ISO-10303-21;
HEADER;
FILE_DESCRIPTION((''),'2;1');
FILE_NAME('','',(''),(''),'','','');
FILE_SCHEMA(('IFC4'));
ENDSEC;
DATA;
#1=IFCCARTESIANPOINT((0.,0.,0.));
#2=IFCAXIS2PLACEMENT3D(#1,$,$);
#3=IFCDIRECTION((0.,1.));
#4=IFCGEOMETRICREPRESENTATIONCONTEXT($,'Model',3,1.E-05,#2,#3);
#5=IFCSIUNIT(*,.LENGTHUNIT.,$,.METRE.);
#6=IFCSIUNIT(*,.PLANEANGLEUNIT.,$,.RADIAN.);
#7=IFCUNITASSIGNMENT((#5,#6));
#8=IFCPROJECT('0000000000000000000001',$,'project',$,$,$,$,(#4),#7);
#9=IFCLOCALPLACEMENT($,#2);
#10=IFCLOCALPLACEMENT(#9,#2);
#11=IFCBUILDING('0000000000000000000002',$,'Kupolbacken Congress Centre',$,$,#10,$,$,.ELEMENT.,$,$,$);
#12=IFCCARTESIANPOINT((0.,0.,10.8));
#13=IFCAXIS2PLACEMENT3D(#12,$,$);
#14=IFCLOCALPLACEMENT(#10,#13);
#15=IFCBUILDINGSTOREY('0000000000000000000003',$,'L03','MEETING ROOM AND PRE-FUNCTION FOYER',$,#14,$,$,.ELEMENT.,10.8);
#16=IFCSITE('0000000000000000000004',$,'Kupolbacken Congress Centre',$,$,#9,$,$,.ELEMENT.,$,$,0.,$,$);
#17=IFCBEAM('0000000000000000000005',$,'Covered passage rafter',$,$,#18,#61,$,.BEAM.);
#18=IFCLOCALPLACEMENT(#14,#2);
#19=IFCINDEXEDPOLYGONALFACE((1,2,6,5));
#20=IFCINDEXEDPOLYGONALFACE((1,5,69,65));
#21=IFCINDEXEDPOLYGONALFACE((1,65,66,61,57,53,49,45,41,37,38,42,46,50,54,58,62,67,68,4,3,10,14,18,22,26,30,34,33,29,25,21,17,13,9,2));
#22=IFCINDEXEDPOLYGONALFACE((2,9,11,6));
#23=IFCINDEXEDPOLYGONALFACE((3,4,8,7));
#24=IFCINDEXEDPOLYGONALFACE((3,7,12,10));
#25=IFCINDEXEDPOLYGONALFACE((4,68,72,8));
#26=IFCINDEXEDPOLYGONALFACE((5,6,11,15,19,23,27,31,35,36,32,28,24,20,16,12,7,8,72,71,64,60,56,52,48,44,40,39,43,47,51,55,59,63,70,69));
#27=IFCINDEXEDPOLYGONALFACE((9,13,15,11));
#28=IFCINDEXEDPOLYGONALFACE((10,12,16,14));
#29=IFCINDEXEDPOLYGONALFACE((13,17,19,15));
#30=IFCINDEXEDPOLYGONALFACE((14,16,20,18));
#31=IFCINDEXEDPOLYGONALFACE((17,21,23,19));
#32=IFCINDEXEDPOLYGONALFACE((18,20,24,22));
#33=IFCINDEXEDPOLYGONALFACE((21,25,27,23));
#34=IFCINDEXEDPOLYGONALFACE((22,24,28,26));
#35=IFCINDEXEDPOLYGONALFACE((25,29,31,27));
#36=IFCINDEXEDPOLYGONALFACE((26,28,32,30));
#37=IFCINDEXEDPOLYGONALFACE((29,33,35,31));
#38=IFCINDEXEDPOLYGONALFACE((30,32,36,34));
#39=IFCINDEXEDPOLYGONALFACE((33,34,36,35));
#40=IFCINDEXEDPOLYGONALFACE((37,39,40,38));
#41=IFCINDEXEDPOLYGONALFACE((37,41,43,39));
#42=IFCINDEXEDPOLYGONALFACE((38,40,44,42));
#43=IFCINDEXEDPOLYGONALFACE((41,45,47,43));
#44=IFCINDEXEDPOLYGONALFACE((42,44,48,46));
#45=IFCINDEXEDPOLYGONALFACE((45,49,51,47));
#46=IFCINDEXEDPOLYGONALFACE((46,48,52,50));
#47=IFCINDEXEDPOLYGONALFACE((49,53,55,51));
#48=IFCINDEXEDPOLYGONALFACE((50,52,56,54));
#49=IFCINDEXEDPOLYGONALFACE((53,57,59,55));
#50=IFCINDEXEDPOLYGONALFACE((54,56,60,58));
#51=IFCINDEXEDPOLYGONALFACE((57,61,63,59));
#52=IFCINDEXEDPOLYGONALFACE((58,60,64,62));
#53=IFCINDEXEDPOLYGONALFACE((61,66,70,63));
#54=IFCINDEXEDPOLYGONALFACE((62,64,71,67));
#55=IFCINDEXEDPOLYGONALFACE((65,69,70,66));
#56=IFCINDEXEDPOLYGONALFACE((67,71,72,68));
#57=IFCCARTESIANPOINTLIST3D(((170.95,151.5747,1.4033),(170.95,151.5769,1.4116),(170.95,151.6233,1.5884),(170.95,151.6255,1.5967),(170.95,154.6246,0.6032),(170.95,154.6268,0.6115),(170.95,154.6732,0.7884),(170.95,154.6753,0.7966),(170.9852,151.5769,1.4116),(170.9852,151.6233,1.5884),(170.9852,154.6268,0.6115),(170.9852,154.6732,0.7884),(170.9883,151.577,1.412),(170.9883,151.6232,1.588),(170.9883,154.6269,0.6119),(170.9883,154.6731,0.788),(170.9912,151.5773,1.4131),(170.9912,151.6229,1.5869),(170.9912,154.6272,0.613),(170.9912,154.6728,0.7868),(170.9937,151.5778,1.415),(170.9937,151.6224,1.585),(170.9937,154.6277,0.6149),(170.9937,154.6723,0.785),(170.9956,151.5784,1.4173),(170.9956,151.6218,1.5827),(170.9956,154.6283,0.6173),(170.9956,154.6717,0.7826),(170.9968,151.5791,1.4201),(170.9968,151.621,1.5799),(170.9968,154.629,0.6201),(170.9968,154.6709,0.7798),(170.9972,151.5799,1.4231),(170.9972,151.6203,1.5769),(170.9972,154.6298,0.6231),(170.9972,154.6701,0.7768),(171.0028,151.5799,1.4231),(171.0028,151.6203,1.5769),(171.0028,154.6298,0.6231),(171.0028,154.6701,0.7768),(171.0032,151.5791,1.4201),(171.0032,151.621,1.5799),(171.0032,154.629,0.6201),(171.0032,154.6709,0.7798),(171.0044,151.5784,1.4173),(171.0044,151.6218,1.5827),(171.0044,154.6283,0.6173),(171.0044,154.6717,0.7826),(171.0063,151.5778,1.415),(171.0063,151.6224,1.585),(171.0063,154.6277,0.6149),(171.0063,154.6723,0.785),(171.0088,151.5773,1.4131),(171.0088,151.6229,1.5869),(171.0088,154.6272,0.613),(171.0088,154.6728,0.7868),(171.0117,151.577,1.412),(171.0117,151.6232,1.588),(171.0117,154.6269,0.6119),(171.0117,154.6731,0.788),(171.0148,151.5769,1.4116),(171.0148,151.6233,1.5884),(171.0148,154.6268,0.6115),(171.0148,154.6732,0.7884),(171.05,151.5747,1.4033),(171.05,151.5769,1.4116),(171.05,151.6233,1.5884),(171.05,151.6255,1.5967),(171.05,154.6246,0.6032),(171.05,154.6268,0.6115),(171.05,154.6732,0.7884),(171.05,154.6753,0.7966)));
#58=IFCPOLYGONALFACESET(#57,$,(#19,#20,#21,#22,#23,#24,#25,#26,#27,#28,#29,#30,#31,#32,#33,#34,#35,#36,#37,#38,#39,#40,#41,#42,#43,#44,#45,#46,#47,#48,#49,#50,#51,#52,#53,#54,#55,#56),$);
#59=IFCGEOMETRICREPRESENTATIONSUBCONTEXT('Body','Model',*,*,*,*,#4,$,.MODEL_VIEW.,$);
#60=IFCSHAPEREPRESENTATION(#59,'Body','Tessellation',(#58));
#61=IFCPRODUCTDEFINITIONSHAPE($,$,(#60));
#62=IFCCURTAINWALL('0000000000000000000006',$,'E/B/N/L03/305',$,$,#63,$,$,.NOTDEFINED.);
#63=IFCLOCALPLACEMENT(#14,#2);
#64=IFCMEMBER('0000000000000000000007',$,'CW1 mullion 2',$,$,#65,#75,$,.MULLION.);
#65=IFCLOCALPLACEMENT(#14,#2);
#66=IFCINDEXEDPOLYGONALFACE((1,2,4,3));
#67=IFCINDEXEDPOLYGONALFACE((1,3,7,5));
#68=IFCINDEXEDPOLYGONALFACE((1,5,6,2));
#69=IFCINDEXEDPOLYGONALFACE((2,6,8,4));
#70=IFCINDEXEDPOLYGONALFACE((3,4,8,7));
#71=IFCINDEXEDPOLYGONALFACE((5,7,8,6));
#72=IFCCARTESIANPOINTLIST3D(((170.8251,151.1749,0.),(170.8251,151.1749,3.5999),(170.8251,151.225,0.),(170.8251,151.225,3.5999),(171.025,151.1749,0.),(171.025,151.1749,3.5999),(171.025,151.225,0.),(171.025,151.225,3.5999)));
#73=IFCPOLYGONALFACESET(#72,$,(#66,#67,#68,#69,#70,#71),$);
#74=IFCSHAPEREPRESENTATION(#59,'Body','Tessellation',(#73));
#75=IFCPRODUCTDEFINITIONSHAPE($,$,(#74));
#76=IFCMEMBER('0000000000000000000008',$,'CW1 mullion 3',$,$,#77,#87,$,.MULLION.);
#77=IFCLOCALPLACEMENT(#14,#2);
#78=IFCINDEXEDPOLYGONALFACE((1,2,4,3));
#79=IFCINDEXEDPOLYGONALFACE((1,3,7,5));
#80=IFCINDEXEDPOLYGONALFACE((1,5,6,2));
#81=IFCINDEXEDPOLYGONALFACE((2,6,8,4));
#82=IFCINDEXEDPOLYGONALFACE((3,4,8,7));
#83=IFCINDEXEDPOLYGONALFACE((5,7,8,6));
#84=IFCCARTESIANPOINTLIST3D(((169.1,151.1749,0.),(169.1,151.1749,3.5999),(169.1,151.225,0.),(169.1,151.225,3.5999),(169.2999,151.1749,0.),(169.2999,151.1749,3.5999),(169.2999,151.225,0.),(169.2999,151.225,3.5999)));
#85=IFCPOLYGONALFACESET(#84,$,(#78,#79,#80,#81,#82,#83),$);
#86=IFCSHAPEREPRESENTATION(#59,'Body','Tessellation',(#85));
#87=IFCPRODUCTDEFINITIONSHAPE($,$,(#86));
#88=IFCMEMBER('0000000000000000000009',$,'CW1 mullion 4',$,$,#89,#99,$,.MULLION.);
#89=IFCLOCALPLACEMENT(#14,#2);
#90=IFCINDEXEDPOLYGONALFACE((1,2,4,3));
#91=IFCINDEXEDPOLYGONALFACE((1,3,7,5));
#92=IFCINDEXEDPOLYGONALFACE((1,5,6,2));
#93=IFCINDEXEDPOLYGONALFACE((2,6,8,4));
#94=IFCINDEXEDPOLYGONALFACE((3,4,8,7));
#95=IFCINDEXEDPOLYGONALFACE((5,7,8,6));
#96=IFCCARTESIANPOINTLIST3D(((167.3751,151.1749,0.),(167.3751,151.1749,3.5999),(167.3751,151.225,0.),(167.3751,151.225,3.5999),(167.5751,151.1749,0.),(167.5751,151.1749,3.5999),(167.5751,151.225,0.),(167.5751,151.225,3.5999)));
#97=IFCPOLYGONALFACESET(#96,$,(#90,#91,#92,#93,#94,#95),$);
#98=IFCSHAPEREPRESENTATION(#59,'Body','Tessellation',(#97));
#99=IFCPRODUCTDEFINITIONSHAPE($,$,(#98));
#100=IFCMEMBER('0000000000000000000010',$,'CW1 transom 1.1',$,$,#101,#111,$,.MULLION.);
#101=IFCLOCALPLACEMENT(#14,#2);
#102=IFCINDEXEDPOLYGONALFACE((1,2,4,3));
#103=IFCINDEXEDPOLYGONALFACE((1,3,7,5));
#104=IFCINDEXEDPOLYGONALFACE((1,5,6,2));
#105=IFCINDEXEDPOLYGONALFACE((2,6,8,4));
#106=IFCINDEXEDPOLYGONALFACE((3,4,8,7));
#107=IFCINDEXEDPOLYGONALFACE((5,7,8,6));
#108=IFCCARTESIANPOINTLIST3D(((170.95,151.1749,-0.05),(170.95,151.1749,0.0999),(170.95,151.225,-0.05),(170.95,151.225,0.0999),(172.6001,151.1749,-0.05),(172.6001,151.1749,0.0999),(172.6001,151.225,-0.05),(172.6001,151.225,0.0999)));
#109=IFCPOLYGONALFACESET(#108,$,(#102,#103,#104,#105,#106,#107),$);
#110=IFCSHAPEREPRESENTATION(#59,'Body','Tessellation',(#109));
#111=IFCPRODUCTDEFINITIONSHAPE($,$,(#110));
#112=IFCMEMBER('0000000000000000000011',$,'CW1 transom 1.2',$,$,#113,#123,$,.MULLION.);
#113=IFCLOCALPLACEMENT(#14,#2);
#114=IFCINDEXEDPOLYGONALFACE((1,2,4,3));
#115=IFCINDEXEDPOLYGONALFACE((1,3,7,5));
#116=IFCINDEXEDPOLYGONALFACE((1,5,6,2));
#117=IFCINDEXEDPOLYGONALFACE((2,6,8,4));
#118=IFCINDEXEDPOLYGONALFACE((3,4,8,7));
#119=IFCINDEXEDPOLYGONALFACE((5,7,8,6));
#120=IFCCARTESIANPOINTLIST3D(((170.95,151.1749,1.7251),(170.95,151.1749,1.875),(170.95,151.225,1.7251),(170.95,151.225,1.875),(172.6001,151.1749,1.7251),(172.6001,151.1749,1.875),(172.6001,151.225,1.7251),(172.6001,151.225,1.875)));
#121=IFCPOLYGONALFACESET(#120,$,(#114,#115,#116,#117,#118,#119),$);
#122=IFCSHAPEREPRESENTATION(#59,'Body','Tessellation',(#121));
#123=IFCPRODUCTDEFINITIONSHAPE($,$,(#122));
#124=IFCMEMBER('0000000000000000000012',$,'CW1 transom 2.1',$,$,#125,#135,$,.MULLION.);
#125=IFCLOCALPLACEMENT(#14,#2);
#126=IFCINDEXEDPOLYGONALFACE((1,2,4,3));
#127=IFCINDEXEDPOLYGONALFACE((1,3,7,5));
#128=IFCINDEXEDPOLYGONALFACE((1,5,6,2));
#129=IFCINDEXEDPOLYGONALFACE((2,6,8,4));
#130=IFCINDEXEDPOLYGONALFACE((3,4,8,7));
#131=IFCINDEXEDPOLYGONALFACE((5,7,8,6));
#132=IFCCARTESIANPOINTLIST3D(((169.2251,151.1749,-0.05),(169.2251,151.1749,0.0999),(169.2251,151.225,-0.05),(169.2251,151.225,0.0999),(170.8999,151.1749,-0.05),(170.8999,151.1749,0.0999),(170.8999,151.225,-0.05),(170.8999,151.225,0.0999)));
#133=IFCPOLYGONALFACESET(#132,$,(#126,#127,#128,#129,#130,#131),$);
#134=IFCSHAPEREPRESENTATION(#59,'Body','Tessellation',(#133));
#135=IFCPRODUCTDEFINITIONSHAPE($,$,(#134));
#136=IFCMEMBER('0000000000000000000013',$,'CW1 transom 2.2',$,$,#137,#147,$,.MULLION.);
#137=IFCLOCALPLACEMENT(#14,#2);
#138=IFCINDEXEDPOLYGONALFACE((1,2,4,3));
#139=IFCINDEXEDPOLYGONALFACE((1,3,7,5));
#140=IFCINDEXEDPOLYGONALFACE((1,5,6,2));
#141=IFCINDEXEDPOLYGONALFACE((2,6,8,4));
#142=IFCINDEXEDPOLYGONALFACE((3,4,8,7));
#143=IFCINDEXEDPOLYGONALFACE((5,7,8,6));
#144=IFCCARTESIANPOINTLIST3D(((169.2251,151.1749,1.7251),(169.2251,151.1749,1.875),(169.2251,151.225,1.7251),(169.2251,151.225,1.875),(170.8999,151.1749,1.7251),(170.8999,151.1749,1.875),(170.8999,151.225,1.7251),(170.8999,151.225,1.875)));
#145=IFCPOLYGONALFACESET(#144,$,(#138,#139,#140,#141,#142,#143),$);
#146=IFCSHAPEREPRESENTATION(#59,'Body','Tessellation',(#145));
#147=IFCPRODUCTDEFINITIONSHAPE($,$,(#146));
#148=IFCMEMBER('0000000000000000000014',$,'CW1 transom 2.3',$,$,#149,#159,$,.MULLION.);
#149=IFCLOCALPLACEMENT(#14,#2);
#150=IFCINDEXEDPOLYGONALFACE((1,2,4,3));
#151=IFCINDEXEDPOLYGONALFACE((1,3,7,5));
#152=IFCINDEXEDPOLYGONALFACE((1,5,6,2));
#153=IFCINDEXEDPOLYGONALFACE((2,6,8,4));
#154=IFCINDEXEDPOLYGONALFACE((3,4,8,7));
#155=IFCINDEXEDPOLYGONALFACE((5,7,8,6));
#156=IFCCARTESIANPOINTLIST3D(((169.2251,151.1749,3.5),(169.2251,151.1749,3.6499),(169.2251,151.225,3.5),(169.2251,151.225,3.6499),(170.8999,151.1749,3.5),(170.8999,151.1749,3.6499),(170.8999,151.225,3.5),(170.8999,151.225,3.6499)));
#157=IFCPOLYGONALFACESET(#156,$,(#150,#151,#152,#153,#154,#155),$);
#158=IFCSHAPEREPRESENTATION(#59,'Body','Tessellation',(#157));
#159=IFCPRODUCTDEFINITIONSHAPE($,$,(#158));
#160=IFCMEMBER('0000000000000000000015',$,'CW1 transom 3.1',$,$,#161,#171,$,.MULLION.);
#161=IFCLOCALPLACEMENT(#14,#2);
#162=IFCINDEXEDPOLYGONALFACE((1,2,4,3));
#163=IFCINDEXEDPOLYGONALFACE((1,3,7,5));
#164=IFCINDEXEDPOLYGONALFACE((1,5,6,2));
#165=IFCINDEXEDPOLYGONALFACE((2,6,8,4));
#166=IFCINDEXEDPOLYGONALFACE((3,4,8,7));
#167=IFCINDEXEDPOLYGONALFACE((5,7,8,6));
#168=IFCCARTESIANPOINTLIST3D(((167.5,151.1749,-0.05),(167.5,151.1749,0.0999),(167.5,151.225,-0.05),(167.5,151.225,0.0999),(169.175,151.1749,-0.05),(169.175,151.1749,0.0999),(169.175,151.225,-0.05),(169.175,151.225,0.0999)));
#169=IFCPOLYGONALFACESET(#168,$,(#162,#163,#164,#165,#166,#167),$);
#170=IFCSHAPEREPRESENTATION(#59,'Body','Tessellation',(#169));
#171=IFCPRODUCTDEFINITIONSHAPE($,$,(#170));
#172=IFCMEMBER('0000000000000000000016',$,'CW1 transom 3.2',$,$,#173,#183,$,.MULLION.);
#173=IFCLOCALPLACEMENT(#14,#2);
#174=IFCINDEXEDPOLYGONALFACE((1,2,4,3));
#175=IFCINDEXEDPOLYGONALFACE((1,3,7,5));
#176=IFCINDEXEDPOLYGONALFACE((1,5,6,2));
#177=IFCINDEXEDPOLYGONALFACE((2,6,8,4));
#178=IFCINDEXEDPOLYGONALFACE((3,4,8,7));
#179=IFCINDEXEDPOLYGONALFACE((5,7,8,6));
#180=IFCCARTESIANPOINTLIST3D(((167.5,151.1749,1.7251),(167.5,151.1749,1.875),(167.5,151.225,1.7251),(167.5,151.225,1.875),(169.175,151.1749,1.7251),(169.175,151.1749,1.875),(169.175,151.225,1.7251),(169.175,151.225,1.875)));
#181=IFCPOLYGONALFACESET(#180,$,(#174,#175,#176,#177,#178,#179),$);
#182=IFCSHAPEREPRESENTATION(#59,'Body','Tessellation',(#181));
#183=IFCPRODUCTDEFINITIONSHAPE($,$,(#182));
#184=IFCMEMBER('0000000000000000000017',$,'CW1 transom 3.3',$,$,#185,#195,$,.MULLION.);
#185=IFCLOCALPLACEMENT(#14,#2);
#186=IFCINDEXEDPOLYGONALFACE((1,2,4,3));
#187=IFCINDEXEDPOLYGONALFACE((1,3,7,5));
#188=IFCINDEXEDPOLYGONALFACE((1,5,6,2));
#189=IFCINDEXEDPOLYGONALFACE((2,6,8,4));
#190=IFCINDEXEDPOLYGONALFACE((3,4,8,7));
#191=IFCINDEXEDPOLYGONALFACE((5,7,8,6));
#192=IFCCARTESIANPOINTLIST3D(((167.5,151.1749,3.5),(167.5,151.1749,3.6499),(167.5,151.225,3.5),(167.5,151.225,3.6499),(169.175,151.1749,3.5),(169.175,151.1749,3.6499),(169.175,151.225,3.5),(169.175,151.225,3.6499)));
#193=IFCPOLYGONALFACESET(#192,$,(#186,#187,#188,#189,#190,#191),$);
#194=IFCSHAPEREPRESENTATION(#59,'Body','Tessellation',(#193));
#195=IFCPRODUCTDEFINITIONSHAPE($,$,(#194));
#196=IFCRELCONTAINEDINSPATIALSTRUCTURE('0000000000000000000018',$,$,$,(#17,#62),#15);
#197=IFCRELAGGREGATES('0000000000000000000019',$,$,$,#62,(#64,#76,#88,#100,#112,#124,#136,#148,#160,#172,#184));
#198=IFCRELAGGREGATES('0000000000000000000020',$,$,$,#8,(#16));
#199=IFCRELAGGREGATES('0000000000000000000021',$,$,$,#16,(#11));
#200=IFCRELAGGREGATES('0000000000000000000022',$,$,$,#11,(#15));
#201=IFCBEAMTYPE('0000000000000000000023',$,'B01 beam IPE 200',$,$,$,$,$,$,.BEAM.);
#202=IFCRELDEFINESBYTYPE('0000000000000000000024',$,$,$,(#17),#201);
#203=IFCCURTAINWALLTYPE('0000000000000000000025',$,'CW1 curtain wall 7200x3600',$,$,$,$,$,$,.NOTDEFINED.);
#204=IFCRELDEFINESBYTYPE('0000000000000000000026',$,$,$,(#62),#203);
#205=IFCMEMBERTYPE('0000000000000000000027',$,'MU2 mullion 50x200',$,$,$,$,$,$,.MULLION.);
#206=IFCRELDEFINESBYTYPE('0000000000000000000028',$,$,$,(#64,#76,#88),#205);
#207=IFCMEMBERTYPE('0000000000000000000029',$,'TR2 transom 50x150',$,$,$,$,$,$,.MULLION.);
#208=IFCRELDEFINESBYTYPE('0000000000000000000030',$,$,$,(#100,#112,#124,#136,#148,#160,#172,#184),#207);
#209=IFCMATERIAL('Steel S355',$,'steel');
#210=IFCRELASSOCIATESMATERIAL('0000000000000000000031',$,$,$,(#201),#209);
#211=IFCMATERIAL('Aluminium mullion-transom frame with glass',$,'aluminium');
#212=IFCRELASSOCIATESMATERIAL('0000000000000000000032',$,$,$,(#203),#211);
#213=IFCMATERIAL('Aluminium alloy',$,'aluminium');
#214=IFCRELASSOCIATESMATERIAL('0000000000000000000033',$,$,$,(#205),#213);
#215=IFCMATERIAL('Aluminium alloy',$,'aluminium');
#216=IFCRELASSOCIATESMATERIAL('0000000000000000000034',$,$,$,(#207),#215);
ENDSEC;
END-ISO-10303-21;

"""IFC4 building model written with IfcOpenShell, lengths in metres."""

from ifc_helpers import new_model, si_unit, direction, frame, origin, origin_2d, place, context, subcontext, project, spatial, rectangle, i_section, extrude, material, material_profile, profile_set, type_object, element, aggregate, save


model = new_model("IFC4")

# Units and contexts
model_context = context("Model", 3, precision=1e-05, world=origin(), true_north=direction((0.0, 1.0)))
body_context = subcontext(model_context, "Body", "Model", "MODEL_VIEW")
ifc_project = project(units=[si_unit("LENGTHUNIT", "METRE"), si_unit("PLANEANGLEUNIT", "RADIAN")], contexts=[model_context])

# Site, building, storey
site_placement = place(None, origin())
site = spatial("IfcSite", under=ifc_project, at=site_placement, Name="Kupolbacken Congress Centre", CompositionType="ELEMENT", RefElevation=0.0)
building_placement = place(site_placement, origin())
building = spatial("IfcBuilding", under=site, at=building_placement, Name="Kupolbacken Congress Centre", CompositionType="ELEMENT")
storey_placement = place(building_placement, frame((0.0, 0.0, 10.8)))
storey = spatial("IfcBuildingStorey", under=building, at=storey_placement, Name="L03", Description="MEETING ROOM AND PRE-FUNCTION FOYER", CompositionType="ELEMENT", Elevation=10.8)

# Beam
ifc_material_1 = material(Name="Steel S355", Category="steel")
ifc_material_profile_1 = material_profile(ifc_material_1, i_section(OverallWidth=0.1001, OverallDepth=0.2, WebThickness=0.0056, FlangeThickness=0.0085, FilletRadius=0.012, at=origin_2d()), Name="IPE 200")
ifc_profile_set_1 = profile_set([ifc_material_profile_1], Name="Steel S355")
beam_type = type_object("IfcBeamType", Name="B01 beam IPE 200", PredefinedType="BEAM", material=ifc_profile_set_1)
beam_placement = place(storey_placement, frame((171.0, 151.6001, 1.5), z_axis=(0.0, 0.967272, -0.253742), x_axis=(-1.0, 0.0, 0.0)))
element("IfcBeam", 1, at=beam_placement, inside=storey, type_object=beam_type, Name="Covered passage rafter", PredefinedType="BEAM", context=body_context, shape_type="SweptSolid", body=[
    extrude(i_section(OverallWidth=0.1001, OverallDepth=0.2, WebThickness=0.0056, FlangeThickness=0.0085, FilletRadius=0.012, at=origin_2d()), origin(), (0.0, 0.0, 1.0), 3.1531),
])

# Curtain wall, members
ifc_material_2 = material(Name="Aluminium mullion-transom frame with glass", Category="aluminium")
curtain_wall_type = type_object("IfcCurtainWallType", Name="CW1 curtain wall 7200x3600", PredefinedType="NOTDEFINED", material=ifc_material_2)
curtain_wall_placement = place(storey_placement, origin())
curtain_wall = element("IfcCurtainWall", 2, at=curtain_wall_placement, inside=storey, type_object=curtain_wall_type, Name="E/B/N/L03/305", PredefinedType="NOTDEFINED")
ifc_material_3 = material(Name="Aluminium alloy", Category="aluminium")
ifc_material_profile_2 = material_profile(ifc_material_3, rectangle(XDim=0.05, YDim=0.2, at=origin_2d()), Name="50 x 200")
ifc_profile_set_2 = profile_set([ifc_material_profile_2], Name="Aluminium alloy")
member_type_1 = type_object("IfcMemberType", Name="MU2 mullion 50x200", PredefinedType="MULLION", material=ifc_profile_set_2)
member_1_placement = place(storey_placement, frame((170.925, 151.2, 0.0), z_axis=(0.0, 0.0, 1.0), x_axis=(0.0, -1.0, 0.0)))
member_1 = element("IfcMember", 3, at=member_1_placement, type_object=member_type_1, Name="CW1 mullion 2", PredefinedType="MULLION", context=body_context, shape_type="SweptSolid", body=[
    extrude(rectangle(XDim=0.05, YDim=0.2, at=origin_2d()), origin(), (0.0, 0.0, 1.0), 3.5999),
])
member_2_placement = place(storey_placement, frame((169.2, 151.2, 0.0), z_axis=(0.0, 0.0, 1.0), x_axis=(0.0, -1.0, 0.0)))
member_2 = element("IfcMember", 4, at=member_2_placement, type_object=member_type_1, Name="CW1 mullion 3", PredefinedType="MULLION", context=body_context, shape_type="SweptSolid", body=[
    extrude(rectangle(XDim=0.05, YDim=0.2, at=origin_2d()), origin(), (0.0, 0.0, 1.0), 3.5999),
])
member_3_placement = place(storey_placement, frame((167.4751, 151.2, 0.0), z_axis=(0.0, 0.0, 1.0), x_axis=(0.0, -1.0, 0.0)))
member_3 = element("IfcMember", 5, at=member_3_placement, type_object=member_type_1, Name="CW1 mullion 4", PredefinedType="MULLION", context=body_context, shape_type="SweptSolid", body=[
    extrude(rectangle(XDim=0.05, YDim=0.2, at=origin_2d()), origin(), (0.0, 0.0, 1.0), 3.5999),
])
ifc_material_4 = material(Name="Aluminium alloy", Category="aluminium")
ifc_material_profile_3 = material_profile(ifc_material_4, rectangle(XDim=0.05, YDim=0.1499, at=origin_2d()), Name="50 x 150")
ifc_profile_set_3 = profile_set([ifc_material_profile_3], Name="Aluminium alloy")
member_type_2 = type_object("IfcMemberType", Name="TR2 transom 50x150", PredefinedType="MULLION", material=ifc_profile_set_3)
member_4_placement = place(storey_placement, frame((172.6001, 151.2, 0.0249), z_axis=(-1.0, 0.0, 0.0), x_axis=(0.0, -1.0, 0.0)))
member_4 = element("IfcMember", 6, at=member_4_placement, type_object=member_type_2, Name="CW1 transom 1.1", PredefinedType="MULLION", context=body_context, shape_type="SweptSolid", body=[
    extrude(rectangle(XDim=0.05, YDim=0.1499, at=origin_2d()), origin(), (0.0, 0.0, 1.0), 1.6501),
])
member_5_placement = place(storey_placement, frame((172.6001, 151.2, 1.8), z_axis=(-1.0, 0.0, 0.0), x_axis=(0.0, -1.0, 0.0)))
member_5 = element("IfcMember", 7, at=member_5_placement, type_object=member_type_2, Name="CW1 transom 1.2", PredefinedType="MULLION", context=body_context, shape_type="SweptSolid", body=[
    extrude(rectangle(XDim=0.05, YDim=0.1499, at=origin_2d()), origin(), (0.0, 0.0, 1.0), 1.6501),
])
member_6_placement = place(storey_placement, frame((170.8999, 151.2, 0.0249), z_axis=(-1.0, 0.0, 0.0), x_axis=(0.0, -1.0, 0.0)))
member_6 = element("IfcMember", 8, at=member_6_placement, type_object=member_type_2, Name="CW1 transom 2.1", PredefinedType="MULLION", context=body_context, shape_type="SweptSolid", body=[
    extrude(rectangle(XDim=0.05, YDim=0.1499, at=origin_2d()), origin(), (0.0, 0.0, 1.0), 1.6748),
])
member_7_placement = place(storey_placement, frame((170.8999, 151.2, 1.8), z_axis=(-1.0, 0.0, 0.0), x_axis=(0.0, -1.0, 0.0)))
member_7 = element("IfcMember", 9, at=member_7_placement, type_object=member_type_2, Name="CW1 transom 2.2", PredefinedType="MULLION", context=body_context, shape_type="SweptSolid", body=[
    extrude(rectangle(XDim=0.05, YDim=0.1499, at=origin_2d()), origin(), (0.0, 0.0, 1.0), 1.6748),
])
member_8_placement = place(storey_placement, frame((170.8999, 151.2, 3.575), z_axis=(-1.0, 0.0, 0.0), x_axis=(0.0, -1.0, 0.0)))
member_8 = element("IfcMember", 10, at=member_8_placement, type_object=member_type_2, Name="CW1 transom 2.3", PredefinedType="MULLION", context=body_context, shape_type="SweptSolid", body=[
    extrude(rectangle(XDim=0.05, YDim=0.1499, at=origin_2d()), origin(), (0.0, 0.0, 1.0), 1.6748),
])
member_9_placement = place(storey_placement, frame((169.175, 151.2, 0.0249), z_axis=(-1.0, 0.0, 0.0), x_axis=(0.0, -1.0, 0.0)))
member_9 = element("IfcMember", 11, at=member_9_placement, type_object=member_type_2, Name="CW1 transom 3.1", PredefinedType="MULLION", context=body_context, shape_type="SweptSolid", body=[
    extrude(rectangle(XDim=0.05, YDim=0.1499, at=origin_2d()), origin(), (0.0, 0.0, 1.0), 1.675),
])
member_10_placement = place(storey_placement, frame((169.175, 151.2, 1.8), z_axis=(-1.0, 0.0, 0.0), x_axis=(0.0, -1.0, 0.0)))
member_10 = element("IfcMember", 12, at=member_10_placement, type_object=member_type_2, Name="CW1 transom 3.2", PredefinedType="MULLION", context=body_context, shape_type="SweptSolid", body=[
    extrude(rectangle(XDim=0.05, YDim=0.1499, at=origin_2d()), origin(), (0.0, 0.0, 1.0), 1.675),
])
member_11_placement = place(storey_placement, frame((169.175, 151.2, 3.575), z_axis=(-1.0, 0.0, 0.0), x_axis=(0.0, -1.0, 0.0)))
member_11 = element("IfcMember", 13, at=member_11_placement, type_object=member_type_2, Name="CW1 transom 3.3", PredefinedType="MULLION", context=body_context, shape_type="SweptSolid", body=[
    extrude(rectangle(XDim=0.05, YDim=0.1499, at=origin_2d()), origin(), (0.0, 0.0, 1.0), 1.675),
])
aggregate(curtain_wall, [member_1, member_2, member_3, member_4, member_5, member_6, member_7, member_8, member_9, member_10, member_11])

save(model, "model.ifc")
